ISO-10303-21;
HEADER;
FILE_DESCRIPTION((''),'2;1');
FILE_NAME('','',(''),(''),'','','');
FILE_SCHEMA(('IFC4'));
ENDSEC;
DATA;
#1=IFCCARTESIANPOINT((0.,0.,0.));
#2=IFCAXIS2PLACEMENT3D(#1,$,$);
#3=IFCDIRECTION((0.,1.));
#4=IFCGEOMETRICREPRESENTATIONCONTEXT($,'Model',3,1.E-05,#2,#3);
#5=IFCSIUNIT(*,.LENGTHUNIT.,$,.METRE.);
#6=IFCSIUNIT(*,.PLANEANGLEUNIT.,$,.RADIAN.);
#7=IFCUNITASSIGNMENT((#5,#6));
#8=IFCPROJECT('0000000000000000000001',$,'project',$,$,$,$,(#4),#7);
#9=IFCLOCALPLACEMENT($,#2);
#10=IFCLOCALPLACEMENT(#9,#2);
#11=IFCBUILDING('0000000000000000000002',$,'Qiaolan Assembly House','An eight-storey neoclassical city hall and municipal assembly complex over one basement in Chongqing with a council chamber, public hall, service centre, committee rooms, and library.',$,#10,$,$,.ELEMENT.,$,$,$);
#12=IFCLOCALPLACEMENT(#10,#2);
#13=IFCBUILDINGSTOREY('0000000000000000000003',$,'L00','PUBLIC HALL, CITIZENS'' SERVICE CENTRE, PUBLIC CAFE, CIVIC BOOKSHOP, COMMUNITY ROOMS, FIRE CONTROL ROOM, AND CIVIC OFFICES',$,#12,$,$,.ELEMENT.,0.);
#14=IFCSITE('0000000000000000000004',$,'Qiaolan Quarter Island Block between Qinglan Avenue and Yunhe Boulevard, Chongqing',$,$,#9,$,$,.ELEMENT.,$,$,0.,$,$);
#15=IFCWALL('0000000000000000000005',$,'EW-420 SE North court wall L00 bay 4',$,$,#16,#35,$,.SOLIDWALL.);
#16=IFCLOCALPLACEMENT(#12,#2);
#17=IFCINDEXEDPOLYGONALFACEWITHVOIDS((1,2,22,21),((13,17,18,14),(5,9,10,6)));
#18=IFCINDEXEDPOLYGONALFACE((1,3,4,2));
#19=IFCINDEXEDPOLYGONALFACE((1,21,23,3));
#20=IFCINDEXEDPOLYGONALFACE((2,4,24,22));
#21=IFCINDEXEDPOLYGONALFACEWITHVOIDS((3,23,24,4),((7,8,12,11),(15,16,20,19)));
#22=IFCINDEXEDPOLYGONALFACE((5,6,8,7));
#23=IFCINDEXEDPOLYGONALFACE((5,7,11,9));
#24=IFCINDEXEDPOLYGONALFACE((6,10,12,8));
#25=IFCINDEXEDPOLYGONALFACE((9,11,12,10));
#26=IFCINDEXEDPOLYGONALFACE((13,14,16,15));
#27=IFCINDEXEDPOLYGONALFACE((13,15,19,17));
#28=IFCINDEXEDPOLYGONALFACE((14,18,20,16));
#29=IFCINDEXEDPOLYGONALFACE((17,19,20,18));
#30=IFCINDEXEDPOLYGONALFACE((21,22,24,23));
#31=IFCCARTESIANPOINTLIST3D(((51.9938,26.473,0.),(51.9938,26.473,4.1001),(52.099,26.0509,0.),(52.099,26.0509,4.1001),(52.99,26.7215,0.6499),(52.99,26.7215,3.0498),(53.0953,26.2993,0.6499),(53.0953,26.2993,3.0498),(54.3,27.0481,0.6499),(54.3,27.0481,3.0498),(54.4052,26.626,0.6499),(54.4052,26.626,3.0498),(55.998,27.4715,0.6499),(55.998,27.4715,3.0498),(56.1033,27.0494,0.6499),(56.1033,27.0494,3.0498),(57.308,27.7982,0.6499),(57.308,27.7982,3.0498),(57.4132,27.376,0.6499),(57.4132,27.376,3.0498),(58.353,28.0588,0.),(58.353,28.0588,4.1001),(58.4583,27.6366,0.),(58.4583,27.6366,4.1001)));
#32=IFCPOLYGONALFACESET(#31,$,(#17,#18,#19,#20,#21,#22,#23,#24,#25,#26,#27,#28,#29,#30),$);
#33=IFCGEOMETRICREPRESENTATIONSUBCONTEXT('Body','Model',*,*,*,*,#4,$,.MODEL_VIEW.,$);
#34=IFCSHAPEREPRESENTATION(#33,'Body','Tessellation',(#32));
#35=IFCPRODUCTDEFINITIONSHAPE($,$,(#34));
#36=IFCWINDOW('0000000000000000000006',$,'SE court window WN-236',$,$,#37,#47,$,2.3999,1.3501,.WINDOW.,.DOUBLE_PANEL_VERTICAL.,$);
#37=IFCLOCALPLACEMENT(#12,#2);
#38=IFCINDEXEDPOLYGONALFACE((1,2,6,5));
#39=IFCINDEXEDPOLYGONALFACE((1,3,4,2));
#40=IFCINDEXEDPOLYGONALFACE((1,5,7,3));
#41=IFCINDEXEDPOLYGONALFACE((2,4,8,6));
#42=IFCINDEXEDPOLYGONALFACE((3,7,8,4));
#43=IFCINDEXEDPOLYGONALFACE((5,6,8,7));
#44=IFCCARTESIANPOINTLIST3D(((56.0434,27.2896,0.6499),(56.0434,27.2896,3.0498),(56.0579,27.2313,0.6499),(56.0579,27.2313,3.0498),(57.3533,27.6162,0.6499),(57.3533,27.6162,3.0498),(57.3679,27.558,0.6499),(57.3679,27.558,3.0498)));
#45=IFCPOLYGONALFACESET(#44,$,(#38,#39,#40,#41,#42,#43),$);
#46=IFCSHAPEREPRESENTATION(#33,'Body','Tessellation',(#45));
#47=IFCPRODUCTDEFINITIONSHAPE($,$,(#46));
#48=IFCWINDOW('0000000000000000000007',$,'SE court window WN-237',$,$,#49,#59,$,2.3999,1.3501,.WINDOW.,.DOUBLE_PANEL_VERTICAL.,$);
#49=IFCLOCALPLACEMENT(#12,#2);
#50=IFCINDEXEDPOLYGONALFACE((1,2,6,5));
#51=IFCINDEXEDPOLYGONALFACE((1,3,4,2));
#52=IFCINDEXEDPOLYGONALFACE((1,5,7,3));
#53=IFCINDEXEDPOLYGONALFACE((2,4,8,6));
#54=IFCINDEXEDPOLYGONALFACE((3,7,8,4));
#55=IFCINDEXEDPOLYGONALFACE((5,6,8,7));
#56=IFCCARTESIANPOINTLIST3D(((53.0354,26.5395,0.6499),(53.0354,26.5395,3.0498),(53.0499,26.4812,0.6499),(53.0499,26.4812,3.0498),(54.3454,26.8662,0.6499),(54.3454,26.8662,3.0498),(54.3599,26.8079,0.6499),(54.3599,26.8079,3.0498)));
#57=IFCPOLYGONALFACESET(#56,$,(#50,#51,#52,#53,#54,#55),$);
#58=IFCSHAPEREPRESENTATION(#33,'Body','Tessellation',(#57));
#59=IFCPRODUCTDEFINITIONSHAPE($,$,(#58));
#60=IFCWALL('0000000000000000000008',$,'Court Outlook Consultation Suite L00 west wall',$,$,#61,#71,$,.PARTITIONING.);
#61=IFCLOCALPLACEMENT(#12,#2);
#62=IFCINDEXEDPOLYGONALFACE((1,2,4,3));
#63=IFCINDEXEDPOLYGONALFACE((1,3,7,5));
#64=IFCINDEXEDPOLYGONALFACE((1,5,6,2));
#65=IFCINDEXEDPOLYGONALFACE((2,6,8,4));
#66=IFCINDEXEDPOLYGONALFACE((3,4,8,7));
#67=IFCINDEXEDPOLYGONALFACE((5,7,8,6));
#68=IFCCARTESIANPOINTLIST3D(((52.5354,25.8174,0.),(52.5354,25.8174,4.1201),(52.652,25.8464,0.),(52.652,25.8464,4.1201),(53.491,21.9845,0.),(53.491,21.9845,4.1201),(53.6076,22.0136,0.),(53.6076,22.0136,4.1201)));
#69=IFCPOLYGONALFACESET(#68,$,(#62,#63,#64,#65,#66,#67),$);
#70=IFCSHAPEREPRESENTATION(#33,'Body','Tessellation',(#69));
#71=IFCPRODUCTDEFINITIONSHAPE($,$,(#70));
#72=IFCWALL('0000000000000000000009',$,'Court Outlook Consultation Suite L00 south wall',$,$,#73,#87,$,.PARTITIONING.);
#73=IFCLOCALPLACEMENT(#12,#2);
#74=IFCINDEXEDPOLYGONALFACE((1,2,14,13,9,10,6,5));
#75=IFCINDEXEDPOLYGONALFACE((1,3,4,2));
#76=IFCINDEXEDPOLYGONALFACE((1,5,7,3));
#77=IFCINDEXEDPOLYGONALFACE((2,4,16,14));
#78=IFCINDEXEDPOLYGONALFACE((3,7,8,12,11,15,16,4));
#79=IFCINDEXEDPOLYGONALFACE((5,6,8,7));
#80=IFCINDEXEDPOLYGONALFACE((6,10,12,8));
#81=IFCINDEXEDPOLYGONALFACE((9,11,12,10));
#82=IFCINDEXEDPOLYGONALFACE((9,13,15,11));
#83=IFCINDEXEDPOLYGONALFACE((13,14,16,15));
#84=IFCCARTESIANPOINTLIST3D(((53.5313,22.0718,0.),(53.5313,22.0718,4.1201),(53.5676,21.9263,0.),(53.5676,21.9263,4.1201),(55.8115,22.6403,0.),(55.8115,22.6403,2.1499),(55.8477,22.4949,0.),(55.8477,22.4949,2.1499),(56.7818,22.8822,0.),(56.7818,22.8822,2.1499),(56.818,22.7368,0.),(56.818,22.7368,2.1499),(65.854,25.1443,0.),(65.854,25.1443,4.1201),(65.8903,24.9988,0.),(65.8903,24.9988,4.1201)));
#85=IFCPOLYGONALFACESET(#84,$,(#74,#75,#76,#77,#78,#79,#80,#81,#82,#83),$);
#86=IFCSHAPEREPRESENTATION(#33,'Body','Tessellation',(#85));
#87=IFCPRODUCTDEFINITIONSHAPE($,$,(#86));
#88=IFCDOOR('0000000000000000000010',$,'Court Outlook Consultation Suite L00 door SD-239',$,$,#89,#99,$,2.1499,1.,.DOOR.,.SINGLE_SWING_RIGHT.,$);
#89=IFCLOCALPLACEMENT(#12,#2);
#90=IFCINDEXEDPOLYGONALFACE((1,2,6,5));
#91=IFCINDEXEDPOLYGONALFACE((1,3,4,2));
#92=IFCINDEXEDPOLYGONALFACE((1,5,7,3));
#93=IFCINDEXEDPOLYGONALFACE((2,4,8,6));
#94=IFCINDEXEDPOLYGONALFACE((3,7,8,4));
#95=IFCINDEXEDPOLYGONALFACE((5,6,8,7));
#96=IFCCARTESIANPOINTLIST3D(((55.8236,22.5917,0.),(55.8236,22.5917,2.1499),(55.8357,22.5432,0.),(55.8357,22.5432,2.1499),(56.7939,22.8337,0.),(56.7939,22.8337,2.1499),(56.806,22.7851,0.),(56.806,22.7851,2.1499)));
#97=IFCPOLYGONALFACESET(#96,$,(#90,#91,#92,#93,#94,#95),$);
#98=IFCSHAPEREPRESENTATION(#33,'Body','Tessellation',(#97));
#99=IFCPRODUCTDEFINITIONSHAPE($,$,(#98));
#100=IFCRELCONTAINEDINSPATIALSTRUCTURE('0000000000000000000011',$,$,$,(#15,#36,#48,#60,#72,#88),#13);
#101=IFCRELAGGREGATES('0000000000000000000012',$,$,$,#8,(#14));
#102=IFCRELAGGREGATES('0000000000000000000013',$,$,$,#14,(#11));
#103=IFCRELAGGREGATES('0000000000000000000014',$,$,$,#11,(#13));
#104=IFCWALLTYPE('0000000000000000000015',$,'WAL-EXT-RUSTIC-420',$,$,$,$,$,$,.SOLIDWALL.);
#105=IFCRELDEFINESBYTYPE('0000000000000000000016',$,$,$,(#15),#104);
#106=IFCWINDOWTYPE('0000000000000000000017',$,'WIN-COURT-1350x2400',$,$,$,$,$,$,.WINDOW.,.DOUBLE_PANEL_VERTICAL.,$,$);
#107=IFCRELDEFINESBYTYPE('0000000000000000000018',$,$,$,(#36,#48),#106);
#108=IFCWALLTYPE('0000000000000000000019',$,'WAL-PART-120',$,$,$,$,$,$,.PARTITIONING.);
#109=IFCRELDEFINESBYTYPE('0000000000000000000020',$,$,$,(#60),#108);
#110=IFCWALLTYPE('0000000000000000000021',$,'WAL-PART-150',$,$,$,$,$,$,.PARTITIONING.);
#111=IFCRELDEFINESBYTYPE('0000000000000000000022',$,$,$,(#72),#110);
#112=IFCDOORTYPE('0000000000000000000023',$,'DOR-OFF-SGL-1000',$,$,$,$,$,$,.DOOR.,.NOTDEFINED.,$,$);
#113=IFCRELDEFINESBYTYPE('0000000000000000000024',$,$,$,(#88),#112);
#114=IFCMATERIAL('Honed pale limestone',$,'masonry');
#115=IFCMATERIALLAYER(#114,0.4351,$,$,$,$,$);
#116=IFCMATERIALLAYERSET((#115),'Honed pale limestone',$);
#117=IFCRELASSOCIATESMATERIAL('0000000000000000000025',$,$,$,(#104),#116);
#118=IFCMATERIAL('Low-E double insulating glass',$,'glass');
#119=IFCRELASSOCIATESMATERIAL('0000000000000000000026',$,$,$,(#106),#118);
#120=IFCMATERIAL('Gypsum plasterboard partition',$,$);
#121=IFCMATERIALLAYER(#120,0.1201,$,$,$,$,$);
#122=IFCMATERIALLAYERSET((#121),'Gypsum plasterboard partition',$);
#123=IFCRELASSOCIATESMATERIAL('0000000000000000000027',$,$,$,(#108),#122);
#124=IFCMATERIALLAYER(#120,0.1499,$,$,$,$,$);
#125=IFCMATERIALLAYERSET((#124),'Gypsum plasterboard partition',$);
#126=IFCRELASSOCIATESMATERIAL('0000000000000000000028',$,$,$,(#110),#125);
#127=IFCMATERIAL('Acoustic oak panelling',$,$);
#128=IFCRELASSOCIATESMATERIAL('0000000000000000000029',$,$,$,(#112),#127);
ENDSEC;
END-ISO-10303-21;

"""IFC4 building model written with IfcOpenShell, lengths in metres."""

from ifc_helpers import new_model, si_unit, direction, frame, frame_2d, origin, place, context, subcontext, project, spatial, rectangle, extrude, material, layer, layer_set, type_object, element, fill, save


model = new_model("IFC4")

# Units and contexts
model_context = context("Model", 3, precision=1e-05, world=origin(), true_north=direction((0.0, 1.0)))
body_context = subcontext(model_context, "Body", "Model", "MODEL_VIEW")
ifc_project = project(units=[si_unit("LENGTHUNIT", "METRE"), si_unit("PLANEANGLEUNIT", "RADIAN")], contexts=[model_context])

# Site, building, storey
site_placement = place(None, origin())
site = spatial("IfcSite", under=ifc_project, at=site_placement, Name="Qiaolan Quarter Island Block between Qinglan Avenue and Yunhe Boulevard, Chongqing", CompositionType="ELEMENT", RefElevation=0.0)
building_placement = place(site_placement, origin())
building = spatial("IfcBuilding", under=site, at=building_placement, Name="Qiaolan Assembly House", Description="An eight-storey neoclassical city hall and municipal assembly complex over one basement in Chongqing with a council chamber, public hall, service centre, committee rooms, and library.", CompositionType="ELEMENT")
storey_placement = place(building_placement, origin())
storey = spatial("IfcBuildingStorey", under=building, at=storey_placement, Name="L00", Description="PUBLIC HALL, CITIZENS' SERVICE CENTRE, PUBLIC CAFE, CIVIC BOOKSHOP, COMMUNITY ROOMS, FIRE CONTROL ROOM, AND CIVIC OFFICES", CompositionType="ELEMENT", Elevation=0.0)

# Shared definitions
ifc_material_1 = material(Name="Low-E double insulating glass", Category="glass")

# Shared definitions
ifc_material_2 = material(Name="Honed pale limestone", Category="masonry")
ifc_layer_1 = layer(ifc_material_2, 0.4351)
ifc_layer_set_1 = layer_set([ifc_layer_1], Name="Honed pale limestone")
wall_type_1 = type_object("IfcWallType", Name="WAL-EXT-RUSTIC-420", PredefinedType="SOLIDWALL", material=ifc_layer_set_1)

# Wall, openings, windows
wall_1_placement = place(storey_placement, frame((58.4055, 27.8477, 0.0), z_axis=(0.0, 0.0, 1.0), x_axis=(-0.970289, -0.241948, 0.0)))
wall_1 = element("IfcWall", 1, at=wall_1_placement, inside=storey, type_object=wall_type_1, Name="EW-420 SE North court wall L00 bay 4", PredefinedType="SOLIDWALL", context=body_context, shape_type="SweptSolid", body=[
    extrude(rectangle(XDim=6.554, YDim=0.4351, at=frame_2d((3.2769, 0.0))), origin(), (0.0, 0.0, 1.0), 4.1001),
])
opening_1_placement = place(wall_1_placement, frame((1.0769, 0.0, 0.6499)))
opening_1 = element("IfcOpeningElement", 2, at=opening_1_placement, cuts=wall_1, PredefinedType="OPENING", context=body_context, shape_type="SweptSolid", body=[
    extrude(rectangle(XDim=1.3501, YDim=2.3999, at=frame_2d((0.675, 1.2))), frame((0.0, 0.2275, 0.0), z_axis=(0.0, -1.0, 0.0), x_axis=(1.0, 0.0, 0.0)), (0.0, 0.0, 1.0), 0.4551),
])
opening_2_placement = place(wall_1_placement, frame((4.177, 0.0, 0.6499)))
opening_2 = element("IfcOpeningElement", 3, at=opening_2_placement, cuts=wall_1, PredefinedType="OPENING", context=body_context, shape_type="SweptSolid", body=[
    extrude(rectangle(XDim=1.3501, YDim=2.3999, at=frame_2d((0.675, 1.2))), frame((0.0, 0.2275, 0.0), z_axis=(0.0, -1.0, 0.0), x_axis=(1.0, 0.0, 0.0)), (0.0, 0.0, 1.0), 0.4551),
])
window_type = type_object("IfcWindowType", Name="WIN-COURT-1350x2400", PartitioningType="DOUBLE_PANEL_VERTICAL", PredefinedType="WINDOW", material=ifc_material_1)
window_1_placement = place(opening_1_placement, origin())
window_1 = element("IfcWindow", 4, at=window_1_placement, inside=storey, type_object=window_type, Name="SE court window WN-236", OverallHeight=2.3999, OverallWidth=1.3501, PartitioningType="DOUBLE_PANEL_VERTICAL", PredefinedType="WINDOW", context=body_context, shape_type="SweptSolid", body=[
    extrude(rectangle(XDim=1.3501, YDim=2.3999, at=frame_2d((0.675, 1.2))), frame((0.0, 0.03, 0.0), z_axis=(0.0, -1.0, 0.0), x_axis=(1.0, 0.0, 0.0)), (0.0, 0.0, 1.0), 0.0601),
])
fill(opening_1, window_1)
window_2_placement = place(opening_2_placement, origin())
window_2 = element("IfcWindow", 5, at=window_2_placement, inside=storey, type_object=window_type, Name="SE court window WN-237", OverallHeight=2.3999, OverallWidth=1.3501, PartitioningType="DOUBLE_PANEL_VERTICAL", PredefinedType="WINDOW", context=body_context, shape_type="SweptSolid", body=[
    extrude(rectangle(XDim=1.3501, YDim=2.3999, at=frame_2d((0.675, 1.2))), frame((0.0, 0.03, 0.0), z_axis=(0.0, -1.0, 0.0), x_axis=(1.0, 0.0, 0.0)), (0.0, 0.0, 1.0), 0.0601),
])
fill(opening_2, window_2)

# Wall
ifc_material_3 = material(Name="Gypsum plasterboard partition")
ifc_layer_2 = layer(ifc_material_3, 0.1201)
ifc_layer_set_2 = layer_set([ifc_layer_2], Name="Gypsum plasterboard partition")
wall_type_2 = type_object("IfcWallType", Name="WAL-PART-120", PredefinedType="PARTITIONING", material=ifc_layer_set_2)
wall_2_placement = place(storey_placement, frame((53.5493, 21.999, 0.0), z_axis=(0.0, 0.0, 1.0), x_axis=(-0.24191, 0.970299, 0.0)))
element("IfcWall", 6, at=wall_2_placement, inside=storey, type_object=wall_type_2, Name="Court Outlook Consultation Suite L00 west wall", PredefinedType="PARTITIONING", context=body_context, shape_type="SweptSolid", body=[
    extrude(rectangle(XDim=3.9502, YDim=0.1201, at=frame_2d((1.9751, 0.0))), origin(), (0.0, 0.0, 1.0), 4.1201),
])

# Wall, opening, door
ifc_layer_3 = layer(ifc_material_3, 0.1499)
ifc_layer_set_3 = layer_set([ifc_layer_3], Name="Gypsum plasterboard partition")
wall_type_3 = type_object("IfcWallType", Name="WAL-PART-150", PredefinedType="PARTITIONING", material=ifc_layer_set_3)
wall_3_placement = place(storey_placement, frame((53.5493, 21.999, 0.0), z_axis=(0.0, 0.0, 1.0), x_axis=(0.970294, 0.241929, 0.0)))
wall_3 = element("IfcWall", 7, at=wall_3_placement, inside=storey, type_object=wall_type_3, Name="Court Outlook Consultation Suite L00 south wall", PredefinedType="PARTITIONING", context=body_context, shape_type="SweptSolid", body=[
    extrude(rectangle(XDim=12.7, YDim=0.1499, at=frame_2d((6.3501, 0.0))), origin(), (0.0, 0.0, 1.0), 4.1201),
])
opening_3_placement = place(wall_3_placement, frame((2.3501, 0.0, 0.0)))
opening_3 = element("IfcOpeningElement", 8, at=opening_3_placement, cuts=wall_3, PredefinedType="OPENING", context=body_context, shape_type="SweptSolid", body=[
    extrude(rectangle(XDim=1.0, YDim=2.1499, at=frame_2d((0.5, 1.075))), frame((0.0, 0.085, 0.0), z_axis=(0.0, -1.0, 0.0), x_axis=(1.0, 0.0, 0.0)), (0.0, 0.0, 1.0), 0.1699),
])
ifc_material_4 = material(Name="Acoustic oak panelling")
door_type_1 = type_object("IfcDoorType", Name="DOR-OFF-SGL-1000", OperationType="NOTDEFINED", PredefinedType="DOOR", material=ifc_material_4)
door_1_placement = place(opening_3_placement, origin())
door_1 = element("IfcDoor", 9, at=door_1_placement, inside=storey, type_object=door_type_1, Name="Court Outlook Consultation Suite L00 door SD-239", OperationType="SINGLE_SWING_RIGHT", OverallHeight=2.1499, OverallWidth=1.0, PredefinedType="DOOR", context=body_context, shape_type="SweptSolid", body=[
    extrude(rectangle(XDim=1.0, YDim=2.1499, at=frame_2d((0.5, 1.075))), frame((0.0, 0.0249, 0.0), z_axis=(0.0, -1.0, 0.0), x_axis=(1.0, 0.0, 0.0)), (0.0, 0.0, 1.0), 0.05),
])
fill(opening_3, door_1)

save(model, "model.ifc")
